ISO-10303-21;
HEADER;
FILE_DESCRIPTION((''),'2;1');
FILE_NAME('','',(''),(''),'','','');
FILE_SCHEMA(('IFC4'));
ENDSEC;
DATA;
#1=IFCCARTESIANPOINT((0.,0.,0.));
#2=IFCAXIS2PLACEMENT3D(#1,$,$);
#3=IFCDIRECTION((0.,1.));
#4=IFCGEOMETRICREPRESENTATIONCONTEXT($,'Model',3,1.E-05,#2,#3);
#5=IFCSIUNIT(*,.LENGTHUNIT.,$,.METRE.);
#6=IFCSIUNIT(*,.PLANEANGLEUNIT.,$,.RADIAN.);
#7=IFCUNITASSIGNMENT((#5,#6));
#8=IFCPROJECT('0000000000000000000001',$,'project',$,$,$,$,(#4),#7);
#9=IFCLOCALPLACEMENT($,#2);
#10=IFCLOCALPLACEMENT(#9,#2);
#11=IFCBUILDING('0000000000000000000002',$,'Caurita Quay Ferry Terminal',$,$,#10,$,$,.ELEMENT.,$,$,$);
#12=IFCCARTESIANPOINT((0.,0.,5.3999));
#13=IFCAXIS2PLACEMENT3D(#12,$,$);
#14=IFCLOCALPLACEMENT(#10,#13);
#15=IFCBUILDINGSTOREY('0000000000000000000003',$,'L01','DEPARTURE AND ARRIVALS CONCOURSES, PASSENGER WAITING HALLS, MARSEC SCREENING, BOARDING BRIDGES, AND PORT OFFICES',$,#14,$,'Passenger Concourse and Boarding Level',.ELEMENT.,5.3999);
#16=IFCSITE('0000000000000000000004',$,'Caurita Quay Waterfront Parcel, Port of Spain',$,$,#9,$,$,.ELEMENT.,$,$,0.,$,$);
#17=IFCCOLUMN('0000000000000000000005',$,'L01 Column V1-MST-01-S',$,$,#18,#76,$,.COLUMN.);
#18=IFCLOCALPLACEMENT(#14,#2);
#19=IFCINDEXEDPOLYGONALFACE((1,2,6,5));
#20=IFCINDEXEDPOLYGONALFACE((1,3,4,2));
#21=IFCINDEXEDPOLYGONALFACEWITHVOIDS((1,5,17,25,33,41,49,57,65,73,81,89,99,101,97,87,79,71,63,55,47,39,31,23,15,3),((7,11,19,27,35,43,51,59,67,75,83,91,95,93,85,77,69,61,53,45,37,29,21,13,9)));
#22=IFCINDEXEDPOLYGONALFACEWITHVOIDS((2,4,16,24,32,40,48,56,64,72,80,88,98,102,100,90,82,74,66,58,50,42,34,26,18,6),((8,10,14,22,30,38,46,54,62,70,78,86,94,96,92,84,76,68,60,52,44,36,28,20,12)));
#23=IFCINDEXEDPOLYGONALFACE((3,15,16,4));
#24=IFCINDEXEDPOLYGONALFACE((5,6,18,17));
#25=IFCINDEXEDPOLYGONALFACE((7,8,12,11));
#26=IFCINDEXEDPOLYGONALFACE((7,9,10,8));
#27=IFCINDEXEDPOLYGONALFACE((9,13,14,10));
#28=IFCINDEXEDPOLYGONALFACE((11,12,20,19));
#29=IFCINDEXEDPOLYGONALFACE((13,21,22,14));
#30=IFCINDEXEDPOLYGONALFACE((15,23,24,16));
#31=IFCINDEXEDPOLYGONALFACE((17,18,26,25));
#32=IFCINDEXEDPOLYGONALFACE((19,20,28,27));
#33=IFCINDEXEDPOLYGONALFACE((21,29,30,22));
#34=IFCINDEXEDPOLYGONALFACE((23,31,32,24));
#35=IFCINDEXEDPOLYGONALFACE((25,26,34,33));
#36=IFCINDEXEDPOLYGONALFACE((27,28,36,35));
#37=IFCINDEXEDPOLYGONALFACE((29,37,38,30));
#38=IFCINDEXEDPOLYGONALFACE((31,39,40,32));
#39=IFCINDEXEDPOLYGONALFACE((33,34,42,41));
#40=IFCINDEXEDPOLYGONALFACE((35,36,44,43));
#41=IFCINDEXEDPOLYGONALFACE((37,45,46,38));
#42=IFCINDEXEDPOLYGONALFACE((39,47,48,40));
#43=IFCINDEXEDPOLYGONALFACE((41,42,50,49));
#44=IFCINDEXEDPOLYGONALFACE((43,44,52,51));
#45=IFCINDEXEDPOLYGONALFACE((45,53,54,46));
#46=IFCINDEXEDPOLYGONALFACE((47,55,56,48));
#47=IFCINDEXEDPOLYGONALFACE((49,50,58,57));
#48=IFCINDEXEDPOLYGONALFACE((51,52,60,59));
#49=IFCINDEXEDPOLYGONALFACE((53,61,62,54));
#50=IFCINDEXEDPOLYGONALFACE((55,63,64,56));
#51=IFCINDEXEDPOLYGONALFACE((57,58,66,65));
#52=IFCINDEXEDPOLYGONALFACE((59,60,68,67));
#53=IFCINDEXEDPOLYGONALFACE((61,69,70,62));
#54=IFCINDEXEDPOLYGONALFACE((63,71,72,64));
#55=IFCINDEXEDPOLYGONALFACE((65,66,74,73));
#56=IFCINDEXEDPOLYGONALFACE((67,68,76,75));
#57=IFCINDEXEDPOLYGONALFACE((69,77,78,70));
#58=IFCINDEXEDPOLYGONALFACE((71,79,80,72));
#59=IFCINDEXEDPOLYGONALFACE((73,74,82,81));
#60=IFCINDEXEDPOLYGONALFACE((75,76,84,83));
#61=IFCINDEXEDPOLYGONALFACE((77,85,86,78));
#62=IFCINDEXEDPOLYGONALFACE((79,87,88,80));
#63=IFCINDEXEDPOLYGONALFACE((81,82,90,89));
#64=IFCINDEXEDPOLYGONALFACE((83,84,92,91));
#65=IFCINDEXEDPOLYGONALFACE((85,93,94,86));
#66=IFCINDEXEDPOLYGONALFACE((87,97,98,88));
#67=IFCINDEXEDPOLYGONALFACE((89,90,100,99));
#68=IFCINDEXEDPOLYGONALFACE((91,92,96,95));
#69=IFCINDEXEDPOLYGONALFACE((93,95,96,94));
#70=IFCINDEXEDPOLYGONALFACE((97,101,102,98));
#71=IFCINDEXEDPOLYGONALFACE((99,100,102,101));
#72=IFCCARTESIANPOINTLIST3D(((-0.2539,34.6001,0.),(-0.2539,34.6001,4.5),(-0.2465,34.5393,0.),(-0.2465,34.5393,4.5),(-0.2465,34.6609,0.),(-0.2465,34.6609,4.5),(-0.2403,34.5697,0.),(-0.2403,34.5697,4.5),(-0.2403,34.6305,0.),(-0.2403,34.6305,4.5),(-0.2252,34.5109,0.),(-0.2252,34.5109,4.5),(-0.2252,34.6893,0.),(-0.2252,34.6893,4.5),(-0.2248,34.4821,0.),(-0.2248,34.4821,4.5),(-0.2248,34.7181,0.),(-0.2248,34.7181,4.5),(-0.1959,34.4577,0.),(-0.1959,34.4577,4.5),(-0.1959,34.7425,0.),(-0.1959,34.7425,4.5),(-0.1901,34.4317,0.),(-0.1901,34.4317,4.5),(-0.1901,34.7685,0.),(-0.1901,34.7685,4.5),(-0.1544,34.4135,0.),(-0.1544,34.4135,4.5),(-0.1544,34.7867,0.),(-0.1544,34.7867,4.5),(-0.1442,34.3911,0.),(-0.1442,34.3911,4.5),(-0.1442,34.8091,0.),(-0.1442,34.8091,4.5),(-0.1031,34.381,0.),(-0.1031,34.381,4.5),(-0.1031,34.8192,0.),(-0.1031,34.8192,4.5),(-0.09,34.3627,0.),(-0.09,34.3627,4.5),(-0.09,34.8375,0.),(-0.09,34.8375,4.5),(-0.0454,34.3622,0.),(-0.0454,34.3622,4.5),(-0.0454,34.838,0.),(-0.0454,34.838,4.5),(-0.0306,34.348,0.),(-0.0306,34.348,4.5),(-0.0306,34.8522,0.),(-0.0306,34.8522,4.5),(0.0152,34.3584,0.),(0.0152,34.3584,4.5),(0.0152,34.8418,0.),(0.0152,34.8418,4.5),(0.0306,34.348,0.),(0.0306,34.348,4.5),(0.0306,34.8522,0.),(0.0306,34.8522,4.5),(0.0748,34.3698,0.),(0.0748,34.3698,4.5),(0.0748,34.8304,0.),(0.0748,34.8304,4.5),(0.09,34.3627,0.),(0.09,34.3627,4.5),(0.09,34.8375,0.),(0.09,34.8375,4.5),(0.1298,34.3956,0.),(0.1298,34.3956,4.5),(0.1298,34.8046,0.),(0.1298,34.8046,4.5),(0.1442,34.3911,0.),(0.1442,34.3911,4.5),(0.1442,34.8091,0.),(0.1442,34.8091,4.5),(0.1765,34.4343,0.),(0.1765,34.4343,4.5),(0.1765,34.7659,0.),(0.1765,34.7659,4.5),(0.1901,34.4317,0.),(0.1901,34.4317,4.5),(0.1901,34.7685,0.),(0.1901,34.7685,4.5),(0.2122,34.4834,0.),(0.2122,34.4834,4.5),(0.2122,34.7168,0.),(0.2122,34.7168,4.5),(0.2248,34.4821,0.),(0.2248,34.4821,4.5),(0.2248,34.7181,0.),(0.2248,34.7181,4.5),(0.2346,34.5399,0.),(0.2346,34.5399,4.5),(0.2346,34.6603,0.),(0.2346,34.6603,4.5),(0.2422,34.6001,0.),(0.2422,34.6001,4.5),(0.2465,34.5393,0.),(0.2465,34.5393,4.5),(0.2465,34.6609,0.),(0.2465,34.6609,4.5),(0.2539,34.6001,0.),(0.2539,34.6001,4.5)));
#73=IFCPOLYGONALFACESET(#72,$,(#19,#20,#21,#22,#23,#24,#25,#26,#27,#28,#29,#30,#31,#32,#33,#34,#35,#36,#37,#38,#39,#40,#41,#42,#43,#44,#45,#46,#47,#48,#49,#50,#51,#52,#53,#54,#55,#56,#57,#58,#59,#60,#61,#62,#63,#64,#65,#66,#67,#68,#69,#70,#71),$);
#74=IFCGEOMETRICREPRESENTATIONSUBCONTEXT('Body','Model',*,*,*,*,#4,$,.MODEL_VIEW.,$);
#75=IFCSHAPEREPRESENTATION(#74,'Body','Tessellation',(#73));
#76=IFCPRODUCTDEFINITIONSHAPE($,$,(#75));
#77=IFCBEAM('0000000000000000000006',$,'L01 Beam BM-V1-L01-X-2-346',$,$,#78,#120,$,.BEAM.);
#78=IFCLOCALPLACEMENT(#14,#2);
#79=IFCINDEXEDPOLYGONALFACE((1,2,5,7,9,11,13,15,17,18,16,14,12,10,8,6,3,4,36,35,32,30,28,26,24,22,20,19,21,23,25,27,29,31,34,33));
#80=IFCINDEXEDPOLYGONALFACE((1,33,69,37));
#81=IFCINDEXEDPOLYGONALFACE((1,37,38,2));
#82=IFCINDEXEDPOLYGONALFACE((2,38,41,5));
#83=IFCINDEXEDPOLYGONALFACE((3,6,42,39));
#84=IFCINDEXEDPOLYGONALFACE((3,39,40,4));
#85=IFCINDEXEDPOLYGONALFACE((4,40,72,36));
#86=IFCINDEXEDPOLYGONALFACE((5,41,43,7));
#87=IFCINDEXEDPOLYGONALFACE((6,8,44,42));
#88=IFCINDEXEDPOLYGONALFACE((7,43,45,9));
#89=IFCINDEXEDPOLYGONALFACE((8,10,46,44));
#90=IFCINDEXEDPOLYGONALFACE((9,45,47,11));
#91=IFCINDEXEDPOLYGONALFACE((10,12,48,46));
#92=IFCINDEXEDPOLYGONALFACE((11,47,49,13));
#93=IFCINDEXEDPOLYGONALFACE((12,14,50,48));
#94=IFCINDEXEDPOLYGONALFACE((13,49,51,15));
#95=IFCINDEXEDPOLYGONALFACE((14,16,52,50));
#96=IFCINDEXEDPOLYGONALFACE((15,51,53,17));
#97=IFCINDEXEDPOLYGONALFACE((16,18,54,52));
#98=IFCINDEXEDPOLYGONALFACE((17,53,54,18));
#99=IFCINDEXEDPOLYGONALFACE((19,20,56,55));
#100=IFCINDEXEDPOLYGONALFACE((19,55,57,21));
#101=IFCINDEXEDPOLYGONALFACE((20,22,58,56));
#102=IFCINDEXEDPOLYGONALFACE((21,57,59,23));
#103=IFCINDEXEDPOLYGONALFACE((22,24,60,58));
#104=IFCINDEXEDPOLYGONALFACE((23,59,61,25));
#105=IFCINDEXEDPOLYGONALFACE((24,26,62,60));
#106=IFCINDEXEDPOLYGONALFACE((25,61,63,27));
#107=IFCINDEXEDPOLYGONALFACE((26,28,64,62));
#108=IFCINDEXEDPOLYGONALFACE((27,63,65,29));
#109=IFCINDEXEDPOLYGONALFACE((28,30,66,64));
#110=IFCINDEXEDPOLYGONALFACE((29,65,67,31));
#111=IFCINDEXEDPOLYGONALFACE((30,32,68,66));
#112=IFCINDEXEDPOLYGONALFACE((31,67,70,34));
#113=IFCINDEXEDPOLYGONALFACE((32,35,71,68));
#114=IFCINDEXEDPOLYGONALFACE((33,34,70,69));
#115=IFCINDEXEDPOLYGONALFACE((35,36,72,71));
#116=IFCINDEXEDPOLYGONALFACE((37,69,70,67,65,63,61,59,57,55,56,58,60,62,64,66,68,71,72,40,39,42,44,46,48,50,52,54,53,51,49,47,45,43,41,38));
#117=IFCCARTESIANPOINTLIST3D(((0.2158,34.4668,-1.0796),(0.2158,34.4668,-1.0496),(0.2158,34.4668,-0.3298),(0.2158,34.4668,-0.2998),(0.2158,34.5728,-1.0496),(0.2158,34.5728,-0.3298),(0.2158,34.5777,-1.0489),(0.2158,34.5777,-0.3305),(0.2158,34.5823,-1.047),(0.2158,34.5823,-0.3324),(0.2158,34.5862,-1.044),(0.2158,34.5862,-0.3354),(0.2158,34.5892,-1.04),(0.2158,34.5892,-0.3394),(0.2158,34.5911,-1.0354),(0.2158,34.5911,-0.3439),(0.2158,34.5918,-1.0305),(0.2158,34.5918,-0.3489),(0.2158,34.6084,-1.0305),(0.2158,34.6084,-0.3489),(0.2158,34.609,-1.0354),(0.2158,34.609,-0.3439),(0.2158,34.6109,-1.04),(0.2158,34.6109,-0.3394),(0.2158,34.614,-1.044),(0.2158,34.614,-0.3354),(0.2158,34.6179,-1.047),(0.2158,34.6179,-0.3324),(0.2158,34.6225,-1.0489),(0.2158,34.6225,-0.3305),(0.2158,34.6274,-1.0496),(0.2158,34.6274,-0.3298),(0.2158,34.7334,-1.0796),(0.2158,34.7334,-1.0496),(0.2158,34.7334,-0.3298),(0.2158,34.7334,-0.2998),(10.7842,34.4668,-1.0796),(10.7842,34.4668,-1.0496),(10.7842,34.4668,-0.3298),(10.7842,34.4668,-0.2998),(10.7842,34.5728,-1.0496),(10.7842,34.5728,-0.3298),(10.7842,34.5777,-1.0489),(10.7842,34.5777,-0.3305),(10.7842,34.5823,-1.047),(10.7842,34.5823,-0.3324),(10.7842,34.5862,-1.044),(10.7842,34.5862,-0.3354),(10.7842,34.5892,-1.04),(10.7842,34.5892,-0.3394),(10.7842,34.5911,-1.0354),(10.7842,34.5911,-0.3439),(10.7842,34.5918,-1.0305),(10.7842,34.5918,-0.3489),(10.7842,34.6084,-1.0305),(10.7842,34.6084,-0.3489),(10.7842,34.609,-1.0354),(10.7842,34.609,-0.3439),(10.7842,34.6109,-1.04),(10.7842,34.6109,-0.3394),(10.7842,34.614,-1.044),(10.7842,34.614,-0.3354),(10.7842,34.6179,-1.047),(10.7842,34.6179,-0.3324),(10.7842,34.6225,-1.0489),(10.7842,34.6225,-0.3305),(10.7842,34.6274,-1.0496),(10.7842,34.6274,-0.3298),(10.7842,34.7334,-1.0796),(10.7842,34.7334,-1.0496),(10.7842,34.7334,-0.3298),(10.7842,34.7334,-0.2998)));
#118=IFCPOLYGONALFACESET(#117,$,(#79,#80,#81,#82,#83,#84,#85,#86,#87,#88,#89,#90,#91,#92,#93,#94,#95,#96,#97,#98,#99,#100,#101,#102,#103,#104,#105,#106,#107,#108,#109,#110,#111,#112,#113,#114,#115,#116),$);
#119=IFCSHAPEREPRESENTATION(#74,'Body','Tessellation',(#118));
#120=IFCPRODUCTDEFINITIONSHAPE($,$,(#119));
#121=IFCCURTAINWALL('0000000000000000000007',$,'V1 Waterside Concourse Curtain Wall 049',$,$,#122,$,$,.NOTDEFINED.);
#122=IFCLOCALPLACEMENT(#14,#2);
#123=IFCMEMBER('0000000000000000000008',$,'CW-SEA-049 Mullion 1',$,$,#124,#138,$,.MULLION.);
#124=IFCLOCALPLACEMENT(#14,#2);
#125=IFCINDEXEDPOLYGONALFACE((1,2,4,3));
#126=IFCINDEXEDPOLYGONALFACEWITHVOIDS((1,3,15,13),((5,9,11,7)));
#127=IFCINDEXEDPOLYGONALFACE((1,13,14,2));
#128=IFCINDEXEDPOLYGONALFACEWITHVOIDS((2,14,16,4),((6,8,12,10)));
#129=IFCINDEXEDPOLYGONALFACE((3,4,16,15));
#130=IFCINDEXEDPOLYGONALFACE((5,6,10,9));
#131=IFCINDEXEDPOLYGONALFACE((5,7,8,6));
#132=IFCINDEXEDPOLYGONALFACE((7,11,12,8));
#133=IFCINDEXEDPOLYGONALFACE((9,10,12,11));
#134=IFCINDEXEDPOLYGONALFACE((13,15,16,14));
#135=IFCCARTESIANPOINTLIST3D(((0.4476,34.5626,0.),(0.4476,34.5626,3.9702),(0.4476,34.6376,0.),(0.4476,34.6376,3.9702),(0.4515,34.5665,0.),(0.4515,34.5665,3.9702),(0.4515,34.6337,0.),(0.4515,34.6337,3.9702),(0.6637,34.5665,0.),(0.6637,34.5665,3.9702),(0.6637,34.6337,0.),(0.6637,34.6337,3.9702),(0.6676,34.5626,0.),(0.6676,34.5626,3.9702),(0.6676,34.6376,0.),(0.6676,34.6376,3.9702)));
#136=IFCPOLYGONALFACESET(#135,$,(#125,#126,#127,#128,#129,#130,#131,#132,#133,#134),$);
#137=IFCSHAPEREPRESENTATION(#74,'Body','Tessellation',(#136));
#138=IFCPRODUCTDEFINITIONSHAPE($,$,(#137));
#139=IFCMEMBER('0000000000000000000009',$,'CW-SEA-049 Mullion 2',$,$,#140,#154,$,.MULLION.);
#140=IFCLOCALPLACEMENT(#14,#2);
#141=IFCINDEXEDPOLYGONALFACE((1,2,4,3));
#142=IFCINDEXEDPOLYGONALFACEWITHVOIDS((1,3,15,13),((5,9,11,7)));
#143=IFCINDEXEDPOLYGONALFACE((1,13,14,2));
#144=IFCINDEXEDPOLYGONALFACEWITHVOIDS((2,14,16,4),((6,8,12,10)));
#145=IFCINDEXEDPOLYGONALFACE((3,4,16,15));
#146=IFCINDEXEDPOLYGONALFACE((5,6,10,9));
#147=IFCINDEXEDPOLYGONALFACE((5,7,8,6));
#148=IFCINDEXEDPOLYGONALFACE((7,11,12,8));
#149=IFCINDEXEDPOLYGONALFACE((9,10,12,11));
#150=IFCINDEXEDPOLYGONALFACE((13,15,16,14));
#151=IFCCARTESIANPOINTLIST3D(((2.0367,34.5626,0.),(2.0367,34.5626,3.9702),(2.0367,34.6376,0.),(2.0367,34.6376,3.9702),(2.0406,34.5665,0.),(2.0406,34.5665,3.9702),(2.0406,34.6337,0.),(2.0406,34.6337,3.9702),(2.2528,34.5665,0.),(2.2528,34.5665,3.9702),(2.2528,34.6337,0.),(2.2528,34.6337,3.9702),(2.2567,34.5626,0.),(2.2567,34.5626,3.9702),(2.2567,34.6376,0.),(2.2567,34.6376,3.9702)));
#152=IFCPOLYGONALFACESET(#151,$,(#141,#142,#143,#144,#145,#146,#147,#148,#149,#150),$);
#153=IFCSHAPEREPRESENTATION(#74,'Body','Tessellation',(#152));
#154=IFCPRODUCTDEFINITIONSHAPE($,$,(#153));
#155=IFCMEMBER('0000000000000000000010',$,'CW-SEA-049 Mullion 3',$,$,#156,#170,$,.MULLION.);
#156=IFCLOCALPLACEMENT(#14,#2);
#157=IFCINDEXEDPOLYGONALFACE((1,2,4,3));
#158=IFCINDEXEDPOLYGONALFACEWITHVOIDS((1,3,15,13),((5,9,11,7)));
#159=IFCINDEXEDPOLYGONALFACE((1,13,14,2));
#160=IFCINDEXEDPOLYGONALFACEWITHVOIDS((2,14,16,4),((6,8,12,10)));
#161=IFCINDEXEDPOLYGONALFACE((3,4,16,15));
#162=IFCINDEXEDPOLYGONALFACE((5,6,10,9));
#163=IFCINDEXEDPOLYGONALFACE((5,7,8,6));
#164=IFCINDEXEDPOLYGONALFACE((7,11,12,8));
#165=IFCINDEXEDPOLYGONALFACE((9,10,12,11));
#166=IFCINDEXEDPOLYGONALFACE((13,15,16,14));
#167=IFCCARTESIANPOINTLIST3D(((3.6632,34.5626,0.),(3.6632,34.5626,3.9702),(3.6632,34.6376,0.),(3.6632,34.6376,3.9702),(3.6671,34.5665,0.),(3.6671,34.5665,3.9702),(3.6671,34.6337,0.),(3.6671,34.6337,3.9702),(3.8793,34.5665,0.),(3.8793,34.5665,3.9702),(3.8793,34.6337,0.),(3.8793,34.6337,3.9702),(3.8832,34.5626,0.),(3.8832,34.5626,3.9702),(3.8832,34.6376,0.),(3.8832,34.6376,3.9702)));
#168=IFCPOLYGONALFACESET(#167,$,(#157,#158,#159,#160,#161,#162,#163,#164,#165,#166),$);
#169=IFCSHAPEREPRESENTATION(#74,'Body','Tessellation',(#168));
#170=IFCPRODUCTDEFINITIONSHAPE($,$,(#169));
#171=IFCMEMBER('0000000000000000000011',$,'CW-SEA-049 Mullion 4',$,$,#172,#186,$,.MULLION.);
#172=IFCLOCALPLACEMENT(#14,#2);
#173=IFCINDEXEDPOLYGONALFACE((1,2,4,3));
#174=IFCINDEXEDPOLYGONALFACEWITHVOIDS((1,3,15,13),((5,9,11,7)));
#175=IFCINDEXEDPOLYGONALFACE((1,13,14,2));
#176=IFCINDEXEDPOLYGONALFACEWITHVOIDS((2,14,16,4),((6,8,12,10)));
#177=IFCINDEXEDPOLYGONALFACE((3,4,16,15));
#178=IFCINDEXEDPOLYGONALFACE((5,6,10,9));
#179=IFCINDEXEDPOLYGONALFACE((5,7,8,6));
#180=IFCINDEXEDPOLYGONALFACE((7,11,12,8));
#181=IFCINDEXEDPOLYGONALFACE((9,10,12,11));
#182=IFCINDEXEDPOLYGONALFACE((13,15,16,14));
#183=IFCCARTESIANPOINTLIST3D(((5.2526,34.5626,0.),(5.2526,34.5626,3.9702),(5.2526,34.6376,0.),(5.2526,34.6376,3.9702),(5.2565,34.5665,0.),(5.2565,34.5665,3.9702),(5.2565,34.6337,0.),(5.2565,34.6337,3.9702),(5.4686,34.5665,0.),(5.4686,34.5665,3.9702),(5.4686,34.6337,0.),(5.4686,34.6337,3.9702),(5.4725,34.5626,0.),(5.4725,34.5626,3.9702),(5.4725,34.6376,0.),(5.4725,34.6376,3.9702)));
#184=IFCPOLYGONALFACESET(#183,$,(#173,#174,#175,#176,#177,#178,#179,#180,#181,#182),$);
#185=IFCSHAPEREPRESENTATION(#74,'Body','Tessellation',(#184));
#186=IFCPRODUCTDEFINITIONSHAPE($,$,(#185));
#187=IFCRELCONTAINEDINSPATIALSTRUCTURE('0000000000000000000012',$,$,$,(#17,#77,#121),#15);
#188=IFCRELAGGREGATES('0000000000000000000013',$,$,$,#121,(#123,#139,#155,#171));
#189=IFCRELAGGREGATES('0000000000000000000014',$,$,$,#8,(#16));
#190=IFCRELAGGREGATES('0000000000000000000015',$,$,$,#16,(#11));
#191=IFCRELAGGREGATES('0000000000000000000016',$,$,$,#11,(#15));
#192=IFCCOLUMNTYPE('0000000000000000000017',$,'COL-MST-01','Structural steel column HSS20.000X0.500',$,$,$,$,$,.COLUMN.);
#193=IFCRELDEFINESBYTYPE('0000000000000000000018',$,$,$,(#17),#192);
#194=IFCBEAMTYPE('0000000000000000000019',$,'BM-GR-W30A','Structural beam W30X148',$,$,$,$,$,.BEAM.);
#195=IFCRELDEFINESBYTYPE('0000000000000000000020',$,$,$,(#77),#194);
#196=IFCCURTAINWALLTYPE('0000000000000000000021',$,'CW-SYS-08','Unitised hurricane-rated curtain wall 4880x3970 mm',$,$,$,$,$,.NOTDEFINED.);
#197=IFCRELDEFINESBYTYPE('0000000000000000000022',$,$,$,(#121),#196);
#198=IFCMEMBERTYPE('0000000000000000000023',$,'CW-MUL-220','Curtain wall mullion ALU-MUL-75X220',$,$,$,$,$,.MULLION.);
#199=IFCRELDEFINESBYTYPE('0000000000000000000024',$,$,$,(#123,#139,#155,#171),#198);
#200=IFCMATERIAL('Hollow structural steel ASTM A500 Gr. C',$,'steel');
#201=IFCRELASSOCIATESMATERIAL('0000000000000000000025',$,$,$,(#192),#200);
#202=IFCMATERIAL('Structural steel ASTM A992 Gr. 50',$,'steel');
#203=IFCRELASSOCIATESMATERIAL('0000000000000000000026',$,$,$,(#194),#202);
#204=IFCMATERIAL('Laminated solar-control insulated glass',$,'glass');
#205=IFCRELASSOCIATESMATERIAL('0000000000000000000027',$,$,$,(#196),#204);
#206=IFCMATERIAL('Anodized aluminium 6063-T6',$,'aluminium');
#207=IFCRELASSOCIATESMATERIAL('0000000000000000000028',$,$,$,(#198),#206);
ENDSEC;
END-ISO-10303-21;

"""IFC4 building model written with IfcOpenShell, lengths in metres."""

from ifc_helpers import new_model, si_unit, direction, frame, origin, origin_2d, place, context, subcontext, project, spatial, hollow_rectangle, hollow_circle, i_section, extrude, material, material_profile, profile_set, type_object, element, aggregate, save


model = new_model("IFC4")

# Units and contexts
model_context = context("Model", 3, precision=1e-05, world=origin(), true_north=direction((0.0, 1.0)))
body_context = subcontext(model_context, "Body", "Model", "MODEL_VIEW")
ifc_project = project(units=[si_unit("LENGTHUNIT", "METRE"), si_unit("PLANEANGLEUNIT", "RADIAN")], contexts=[model_context])

# Site, building, storey
site_placement = place(None, origin())
site = spatial("IfcSite", under=ifc_project, at=site_placement, Name="Caurita Quay Waterfront Parcel, Port of Spain", CompositionType="ELEMENT", RefElevation=0.0)
building_placement = place(site_placement, origin())
building = spatial("IfcBuilding", under=site, at=building_placement, Name="Caurita Quay Ferry Terminal", CompositionType="ELEMENT")
storey_placement = place(building_placement, frame((0.0, 0.0, 5.3999)))
storey = spatial("IfcBuildingStorey", under=building, at=storey_placement, Name="L01", Description="DEPARTURE AND ARRIVALS CONCOURSES, PASSENGER WAITING HALLS, MARSEC SCREENING, BOARDING BRIDGES, AND PORT OFFICES", LongName="Passenger Concourse and Boarding Level", CompositionType="ELEMENT", Elevation=5.3999)

# Column
ifc_material_1 = material(Name="Hollow structural steel ASTM A500 Gr. C", Category="steel")
ifc_material_profile_1 = material_profile(ifc_material_1, hollow_circle(Radius=0.2539, WallThickness=0.0117, at=origin_2d()), Name="HSS20.000X0.500")
ifc_profile_set_1 = profile_set([ifc_material_profile_1], Name="Hollow structural steel ASTM A500 Gr. C")
column_type = type_object("IfcColumnType", Name="COL-MST-01", Description="Structural steel column HSS20.000X0.500", PredefinedType="COLUMN", material=ifc_profile_set_1)
column_placement = place(storey_placement, frame((0.0, 34.6001, 0.0), z_axis=(0.0, 0.0, 1.0), x_axis=(1.0, 0.0, 0.0)))
element("IfcColumn", 1, at=column_placement, inside=storey, type_object=column_type, Name="L01 Column V1-MST-01-S", PredefinedType="COLUMN", context=body_context, shape_type="SweptSolid", body=[
    extrude(hollow_circle(Radius=0.2539, WallThickness=0.0117, at=origin_2d()), origin(), (0.0, 0.0, 1.0), 4.5),
])

# Beam
ifc_material_2 = material(Name="Structural steel ASTM A992 Gr. 50", Category="steel")
ifc_material_profile_2 = material_profile(ifc_material_2, i_section(OverallWidth=0.2666, OverallDepth=0.7798, WebThickness=0.0166, FlangeThickness=0.03, FilletRadius=0.019, at=origin_2d()), Name="W30X148")
ifc_profile_set_2 = profile_set([ifc_material_profile_2], Name="Structural steel ASTM A992 Gr. 50")
beam_type = type_object("IfcBeamType", Name="BM-GR-W30A", Description="Structural beam W30X148", PredefinedType="BEAM", material=ifc_profile_set_2)
beam_placement = place(storey_placement, frame((0.2158, 34.6001, -0.6897), z_axis=(1.0, 0.0, 0.0), x_axis=(0.0, 1.0, 0.0)))
element("IfcBeam", 2, at=beam_placement, inside=storey, type_object=beam_type, Name="L01 Beam BM-V1-L01-X-2-346", PredefinedType="BEAM", context=body_context, shape_type="SweptSolid", body=[
    extrude(i_section(OverallWidth=0.2666, OverallDepth=0.7798, WebThickness=0.0166, FlangeThickness=0.03, FilletRadius=0.019, at=origin_2d()), origin(), (0.0, 0.0, 1.0), 10.5684),
])

# Curtain wall, members
ifc_material_3 = material(Name="Laminated solar-control insulated glass", Category="glass")
curtain_wall_type = type_object("IfcCurtainWallType", Name="CW-SYS-08", Description="Unitised hurricane-rated curtain wall 4880x3970 mm", PredefinedType="NOTDEFINED", material=ifc_material_3)
curtain_wall_1_placement = place(storey_placement, origin())
curtain_wall_1 = element("IfcCurtainWall", 3, at=curtain_wall_1_placement, inside=storey, type_object=curtain_wall_type, Name="V1 Waterside Concourse Curtain Wall 049", PredefinedType="NOTDEFINED")
ifc_material_4 = material(Name="Anodized aluminium 6063-T6", Category="aluminium")
ifc_material_profile_3 = material_profile(ifc_material_4, hollow_rectangle(XDim=0.075, YDim=0.22, WallThickness=0.0039, at=origin_2d()), Name="ALU-MUL-75X220")
ifc_profile_set_3 = profile_set([ifc_material_profile_3], Name="Anodized aluminium 6063-T6")
member_type_1 = type_object("IfcMemberType", Name="CW-MUL-220", Description="Curtain wall mullion ALU-MUL-75X220", PredefinedType="MULLION", material=ifc_profile_set_3)
member_1_placement = place(storey_placement, frame((0.5576, 34.6001, 0.0), z_axis=(0.0, 0.0, 1.0), x_axis=(0.0, 1.0, 0.0)))
member_1 = element("IfcMember", 4, at=member_1_placement, type_object=member_type_1, Name="CW-SEA-049 Mullion 1", PredefinedType="MULLION", context=body_context, shape_type="SweptSolid", body=[
    extrude(hollow_rectangle(XDim=0.075, YDim=0.22, WallThickness=0.0039, at=origin_2d()), origin(), (0.0, 0.0, 1.0), 3.9702),
])
member_2_placement = place(storey_placement, frame((2.1467, 34.6001, 0.0), z_axis=(0.0, 0.0, 1.0), x_axis=(0.0, 1.0, 0.0)))
member_2 = element("IfcMember", 5, at=member_2_placement, type_object=member_type_1, Name="CW-SEA-049 Mullion 2", PredefinedType="MULLION", context=body_context, shape_type="SweptSolid", body=[
    extrude(hollow_rectangle(XDim=0.075, YDim=0.22, WallThickness=0.0039, at=origin_2d()), origin(), (0.0, 0.0, 1.0), 3.9702),
])
member_3_placement = place(storey_placement, frame((3.7732, 34.6001, 0.0), z_axis=(0.0, 0.0, 1.0), x_axis=(0.0, 1.0, 0.0)))
member_3 = element("IfcMember", 6, at=member_3_placement, type_object=member_type_1, Name="CW-SEA-049 Mullion 3", PredefinedType="MULLION", context=body_context, shape_type="SweptSolid", body=[
    extrude(hollow_rectangle(XDim=0.075, YDim=0.22, WallThickness=0.0039, at=origin_2d()), origin(), (0.0, 0.0, 1.0), 3.9702),
])
member_4_placement = place(storey_placement, frame((5.3625, 34.6001, 0.0), z_axis=(0.0, 0.0, 1.0), x_axis=(0.0, 1.0, 0.0)))
member_4 = element("IfcMember", 7, at=member_4_placement, type_object=member_type_1, Name="CW-SEA-049 Mullion 4", PredefinedType="MULLION", context=body_context, shape_type="SweptSolid", body=[
    extrude(hollow_rectangle(XDim=0.075, YDim=0.22, WallThickness=0.0039, at=origin_2d()), origin(), (0.0, 0.0, 1.0), 3.9702),
])

aggregate(curtain_wall_1, [member_1, member_2, member_3, member_4])

save(model, "model.ifc")
